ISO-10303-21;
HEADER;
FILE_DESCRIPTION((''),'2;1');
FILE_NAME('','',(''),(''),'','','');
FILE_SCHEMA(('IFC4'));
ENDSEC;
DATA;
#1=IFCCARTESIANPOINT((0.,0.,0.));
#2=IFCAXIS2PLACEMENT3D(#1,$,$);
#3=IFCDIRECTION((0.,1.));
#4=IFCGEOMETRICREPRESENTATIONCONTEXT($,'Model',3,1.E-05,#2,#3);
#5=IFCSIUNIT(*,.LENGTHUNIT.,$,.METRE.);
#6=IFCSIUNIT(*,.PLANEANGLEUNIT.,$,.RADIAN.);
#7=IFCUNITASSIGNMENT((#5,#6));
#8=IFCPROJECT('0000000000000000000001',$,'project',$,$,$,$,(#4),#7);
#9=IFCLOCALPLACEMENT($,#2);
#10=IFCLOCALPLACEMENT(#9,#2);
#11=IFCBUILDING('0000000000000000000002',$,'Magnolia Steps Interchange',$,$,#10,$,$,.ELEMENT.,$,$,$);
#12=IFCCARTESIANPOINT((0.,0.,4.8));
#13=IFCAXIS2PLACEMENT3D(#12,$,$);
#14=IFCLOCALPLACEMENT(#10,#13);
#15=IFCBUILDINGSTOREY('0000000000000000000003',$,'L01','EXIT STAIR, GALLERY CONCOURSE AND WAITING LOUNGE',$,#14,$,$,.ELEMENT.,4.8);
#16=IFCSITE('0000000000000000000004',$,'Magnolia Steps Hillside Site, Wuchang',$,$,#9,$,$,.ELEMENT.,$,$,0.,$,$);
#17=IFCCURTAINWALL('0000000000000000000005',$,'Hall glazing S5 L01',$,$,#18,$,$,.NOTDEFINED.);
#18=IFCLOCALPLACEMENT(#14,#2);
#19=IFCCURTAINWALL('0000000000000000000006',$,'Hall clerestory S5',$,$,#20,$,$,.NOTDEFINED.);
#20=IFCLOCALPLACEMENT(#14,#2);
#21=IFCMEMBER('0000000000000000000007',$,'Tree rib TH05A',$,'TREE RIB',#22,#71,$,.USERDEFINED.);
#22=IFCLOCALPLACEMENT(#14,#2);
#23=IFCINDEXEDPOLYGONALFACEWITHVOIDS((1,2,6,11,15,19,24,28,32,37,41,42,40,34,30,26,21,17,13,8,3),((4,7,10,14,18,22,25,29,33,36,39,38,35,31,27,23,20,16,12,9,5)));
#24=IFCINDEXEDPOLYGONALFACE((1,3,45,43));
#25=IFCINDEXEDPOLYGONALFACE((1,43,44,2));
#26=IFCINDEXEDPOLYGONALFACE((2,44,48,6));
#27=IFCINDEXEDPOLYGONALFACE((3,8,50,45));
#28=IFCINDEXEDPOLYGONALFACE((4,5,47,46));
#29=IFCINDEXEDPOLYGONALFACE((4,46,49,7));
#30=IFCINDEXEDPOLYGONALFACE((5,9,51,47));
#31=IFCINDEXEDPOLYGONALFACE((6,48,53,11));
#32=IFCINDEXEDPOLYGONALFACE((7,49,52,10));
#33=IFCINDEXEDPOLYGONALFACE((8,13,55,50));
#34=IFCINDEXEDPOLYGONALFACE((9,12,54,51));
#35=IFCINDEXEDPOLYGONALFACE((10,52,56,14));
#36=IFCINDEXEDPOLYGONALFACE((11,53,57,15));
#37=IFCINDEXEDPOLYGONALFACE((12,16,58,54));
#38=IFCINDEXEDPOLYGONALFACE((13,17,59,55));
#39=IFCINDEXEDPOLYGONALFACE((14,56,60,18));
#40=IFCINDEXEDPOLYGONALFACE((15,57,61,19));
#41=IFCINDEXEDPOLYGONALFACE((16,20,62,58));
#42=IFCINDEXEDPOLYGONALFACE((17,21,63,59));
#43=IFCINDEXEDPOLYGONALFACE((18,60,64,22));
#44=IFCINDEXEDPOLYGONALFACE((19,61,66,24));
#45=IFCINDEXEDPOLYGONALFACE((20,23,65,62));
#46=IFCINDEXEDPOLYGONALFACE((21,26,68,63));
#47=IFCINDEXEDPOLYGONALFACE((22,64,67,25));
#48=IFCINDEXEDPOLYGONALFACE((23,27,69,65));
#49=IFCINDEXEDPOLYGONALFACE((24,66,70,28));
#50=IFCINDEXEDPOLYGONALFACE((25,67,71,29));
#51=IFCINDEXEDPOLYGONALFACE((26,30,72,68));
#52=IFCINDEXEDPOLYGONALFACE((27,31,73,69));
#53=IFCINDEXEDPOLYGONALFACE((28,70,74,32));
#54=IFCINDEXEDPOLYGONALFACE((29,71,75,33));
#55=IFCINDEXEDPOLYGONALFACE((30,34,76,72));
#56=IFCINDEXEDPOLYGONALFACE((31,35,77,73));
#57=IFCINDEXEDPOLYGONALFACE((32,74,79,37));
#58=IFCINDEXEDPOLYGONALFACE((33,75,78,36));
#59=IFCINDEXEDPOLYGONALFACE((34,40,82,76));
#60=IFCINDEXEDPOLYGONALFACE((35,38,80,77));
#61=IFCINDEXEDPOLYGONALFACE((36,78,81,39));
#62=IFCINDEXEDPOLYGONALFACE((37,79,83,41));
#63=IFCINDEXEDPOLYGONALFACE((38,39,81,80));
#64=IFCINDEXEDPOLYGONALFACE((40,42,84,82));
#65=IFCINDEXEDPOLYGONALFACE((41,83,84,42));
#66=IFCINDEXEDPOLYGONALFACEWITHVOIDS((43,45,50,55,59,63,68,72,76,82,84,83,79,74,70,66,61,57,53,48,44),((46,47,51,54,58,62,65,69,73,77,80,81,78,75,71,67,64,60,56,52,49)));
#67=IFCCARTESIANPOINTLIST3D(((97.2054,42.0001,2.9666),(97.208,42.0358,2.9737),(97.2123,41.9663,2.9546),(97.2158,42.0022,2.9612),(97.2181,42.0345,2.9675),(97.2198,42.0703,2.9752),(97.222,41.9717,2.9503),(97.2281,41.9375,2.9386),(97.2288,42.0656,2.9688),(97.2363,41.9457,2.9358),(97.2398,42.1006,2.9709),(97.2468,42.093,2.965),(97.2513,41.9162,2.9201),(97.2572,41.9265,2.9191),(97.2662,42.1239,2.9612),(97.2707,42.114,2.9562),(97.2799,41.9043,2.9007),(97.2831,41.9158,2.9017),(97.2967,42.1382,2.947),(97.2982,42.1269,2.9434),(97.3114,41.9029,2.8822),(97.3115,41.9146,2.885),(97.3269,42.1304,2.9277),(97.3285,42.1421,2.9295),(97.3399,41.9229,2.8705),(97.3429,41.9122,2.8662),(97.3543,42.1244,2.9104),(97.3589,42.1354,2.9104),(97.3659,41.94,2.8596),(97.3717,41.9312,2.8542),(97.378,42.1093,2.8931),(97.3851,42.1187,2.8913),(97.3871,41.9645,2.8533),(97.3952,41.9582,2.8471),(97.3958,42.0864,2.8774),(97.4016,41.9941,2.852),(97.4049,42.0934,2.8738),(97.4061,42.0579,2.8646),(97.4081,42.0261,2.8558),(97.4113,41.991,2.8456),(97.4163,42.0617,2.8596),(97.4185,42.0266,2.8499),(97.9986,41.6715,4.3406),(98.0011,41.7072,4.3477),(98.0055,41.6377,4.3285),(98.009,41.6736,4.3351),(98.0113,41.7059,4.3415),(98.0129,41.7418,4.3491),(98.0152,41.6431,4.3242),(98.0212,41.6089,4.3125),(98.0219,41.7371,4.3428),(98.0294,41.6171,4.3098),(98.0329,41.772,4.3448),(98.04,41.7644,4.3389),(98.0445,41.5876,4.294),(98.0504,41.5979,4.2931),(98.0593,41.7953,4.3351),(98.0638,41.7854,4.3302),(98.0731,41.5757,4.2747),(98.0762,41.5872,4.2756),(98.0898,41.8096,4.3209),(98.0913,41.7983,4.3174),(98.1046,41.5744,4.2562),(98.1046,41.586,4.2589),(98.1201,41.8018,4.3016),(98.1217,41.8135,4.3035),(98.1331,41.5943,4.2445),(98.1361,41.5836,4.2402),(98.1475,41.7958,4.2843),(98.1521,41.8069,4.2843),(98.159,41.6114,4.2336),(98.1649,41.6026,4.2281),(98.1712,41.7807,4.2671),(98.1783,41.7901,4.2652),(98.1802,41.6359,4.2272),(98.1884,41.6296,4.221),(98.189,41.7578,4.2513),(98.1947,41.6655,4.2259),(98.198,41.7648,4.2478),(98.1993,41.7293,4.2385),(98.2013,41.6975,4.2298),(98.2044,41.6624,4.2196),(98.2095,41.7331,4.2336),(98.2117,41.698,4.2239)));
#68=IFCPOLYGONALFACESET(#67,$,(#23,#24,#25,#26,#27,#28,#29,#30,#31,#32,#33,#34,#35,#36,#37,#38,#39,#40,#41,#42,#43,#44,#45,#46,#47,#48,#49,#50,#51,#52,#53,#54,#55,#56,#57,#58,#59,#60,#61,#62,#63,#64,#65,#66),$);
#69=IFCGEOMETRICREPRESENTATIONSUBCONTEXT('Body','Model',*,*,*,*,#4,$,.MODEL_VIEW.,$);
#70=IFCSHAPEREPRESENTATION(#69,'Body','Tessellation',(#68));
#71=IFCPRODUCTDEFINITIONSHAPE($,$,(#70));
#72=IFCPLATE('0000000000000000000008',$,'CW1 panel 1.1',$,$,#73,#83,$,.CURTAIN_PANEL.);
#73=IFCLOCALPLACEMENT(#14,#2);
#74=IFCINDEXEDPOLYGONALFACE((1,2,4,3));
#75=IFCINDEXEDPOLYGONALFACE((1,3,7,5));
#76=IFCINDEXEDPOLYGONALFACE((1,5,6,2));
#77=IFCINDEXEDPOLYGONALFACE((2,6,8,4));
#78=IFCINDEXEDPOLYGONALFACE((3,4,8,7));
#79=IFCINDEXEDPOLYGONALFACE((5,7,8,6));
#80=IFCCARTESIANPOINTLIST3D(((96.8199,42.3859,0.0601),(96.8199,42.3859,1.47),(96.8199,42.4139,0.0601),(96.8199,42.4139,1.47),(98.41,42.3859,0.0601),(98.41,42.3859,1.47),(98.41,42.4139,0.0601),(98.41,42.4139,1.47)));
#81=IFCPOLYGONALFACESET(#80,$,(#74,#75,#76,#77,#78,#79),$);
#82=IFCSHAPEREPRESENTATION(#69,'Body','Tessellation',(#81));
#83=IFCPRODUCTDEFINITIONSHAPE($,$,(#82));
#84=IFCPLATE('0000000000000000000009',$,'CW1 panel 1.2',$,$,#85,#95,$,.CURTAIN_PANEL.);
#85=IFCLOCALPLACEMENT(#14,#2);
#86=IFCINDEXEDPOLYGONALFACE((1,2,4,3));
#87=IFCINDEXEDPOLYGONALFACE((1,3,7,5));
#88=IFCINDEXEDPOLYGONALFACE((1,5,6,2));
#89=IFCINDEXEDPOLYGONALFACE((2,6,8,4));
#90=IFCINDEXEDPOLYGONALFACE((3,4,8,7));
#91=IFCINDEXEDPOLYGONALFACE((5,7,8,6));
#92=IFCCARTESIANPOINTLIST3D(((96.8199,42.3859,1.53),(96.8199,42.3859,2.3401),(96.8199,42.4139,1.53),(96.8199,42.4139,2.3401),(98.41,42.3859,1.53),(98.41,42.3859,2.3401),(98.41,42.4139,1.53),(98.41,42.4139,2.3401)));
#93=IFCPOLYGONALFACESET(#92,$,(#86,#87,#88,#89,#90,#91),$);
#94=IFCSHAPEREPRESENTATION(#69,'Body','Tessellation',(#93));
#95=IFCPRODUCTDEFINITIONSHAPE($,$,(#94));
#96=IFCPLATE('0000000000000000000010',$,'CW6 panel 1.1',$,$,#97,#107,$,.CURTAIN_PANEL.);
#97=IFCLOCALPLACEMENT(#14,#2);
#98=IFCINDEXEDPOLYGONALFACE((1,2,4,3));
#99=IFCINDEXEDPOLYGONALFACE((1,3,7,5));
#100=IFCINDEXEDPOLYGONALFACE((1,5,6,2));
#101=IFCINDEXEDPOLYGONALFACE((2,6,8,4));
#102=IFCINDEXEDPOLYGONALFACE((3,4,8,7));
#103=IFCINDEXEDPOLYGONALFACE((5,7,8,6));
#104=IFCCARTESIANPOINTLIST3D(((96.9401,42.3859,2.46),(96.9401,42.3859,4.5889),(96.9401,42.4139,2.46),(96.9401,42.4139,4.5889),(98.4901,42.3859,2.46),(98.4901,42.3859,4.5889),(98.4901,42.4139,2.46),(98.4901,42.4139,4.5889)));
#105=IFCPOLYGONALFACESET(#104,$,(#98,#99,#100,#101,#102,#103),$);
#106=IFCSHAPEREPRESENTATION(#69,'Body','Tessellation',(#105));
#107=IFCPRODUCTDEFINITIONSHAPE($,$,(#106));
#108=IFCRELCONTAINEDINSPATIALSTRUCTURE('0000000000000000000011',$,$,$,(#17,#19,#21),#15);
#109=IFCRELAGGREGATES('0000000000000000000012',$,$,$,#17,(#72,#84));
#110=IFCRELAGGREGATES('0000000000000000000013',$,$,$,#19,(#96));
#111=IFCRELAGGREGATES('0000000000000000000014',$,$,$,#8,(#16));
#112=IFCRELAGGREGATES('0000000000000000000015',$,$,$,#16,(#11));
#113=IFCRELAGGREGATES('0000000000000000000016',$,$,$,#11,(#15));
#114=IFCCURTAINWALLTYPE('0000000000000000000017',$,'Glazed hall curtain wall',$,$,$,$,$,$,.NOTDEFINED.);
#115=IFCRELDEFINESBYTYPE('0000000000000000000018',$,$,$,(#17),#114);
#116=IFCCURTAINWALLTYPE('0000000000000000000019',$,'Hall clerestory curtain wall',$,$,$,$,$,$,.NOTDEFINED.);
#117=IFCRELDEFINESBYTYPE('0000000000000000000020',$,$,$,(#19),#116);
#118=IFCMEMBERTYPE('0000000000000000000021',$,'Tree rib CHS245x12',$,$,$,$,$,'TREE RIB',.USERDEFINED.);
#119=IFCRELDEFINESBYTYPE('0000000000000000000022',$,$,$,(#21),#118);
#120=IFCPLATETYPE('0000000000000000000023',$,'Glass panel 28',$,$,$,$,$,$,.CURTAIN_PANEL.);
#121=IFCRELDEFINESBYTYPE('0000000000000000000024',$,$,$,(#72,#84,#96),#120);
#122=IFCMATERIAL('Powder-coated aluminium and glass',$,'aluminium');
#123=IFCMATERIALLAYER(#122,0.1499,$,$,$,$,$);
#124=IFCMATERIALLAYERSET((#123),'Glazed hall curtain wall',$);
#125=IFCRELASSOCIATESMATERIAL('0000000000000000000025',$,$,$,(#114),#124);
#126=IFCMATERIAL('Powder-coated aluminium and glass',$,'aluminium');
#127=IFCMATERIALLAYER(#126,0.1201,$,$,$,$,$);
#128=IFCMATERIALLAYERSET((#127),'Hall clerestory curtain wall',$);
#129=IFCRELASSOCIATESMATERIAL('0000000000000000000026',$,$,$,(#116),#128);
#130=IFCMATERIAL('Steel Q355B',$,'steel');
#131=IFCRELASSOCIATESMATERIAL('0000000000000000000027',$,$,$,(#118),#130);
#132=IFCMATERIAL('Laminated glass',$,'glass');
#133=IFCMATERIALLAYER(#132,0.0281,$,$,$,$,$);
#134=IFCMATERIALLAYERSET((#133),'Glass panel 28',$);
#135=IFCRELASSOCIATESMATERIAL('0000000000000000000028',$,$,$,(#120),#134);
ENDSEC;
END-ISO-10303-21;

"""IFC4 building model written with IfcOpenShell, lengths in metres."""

from ifc_helpers import new_model, si_unit, direction, frame, origin, origin_2d, place, context, subcontext, project, spatial, rectangle, hollow_circle, extrude, material, layer, layer_set, material_profile, profile_set, type_object, element, aggregate, save


model = new_model("IFC4")

# Units and contexts
model_context = context("Model", 3, precision=1e-05, world=origin(), true_north=direction((0.0, 1.0)))
body_context = subcontext(model_context, "Body", "Model", "MODEL_VIEW")
ifc_project = project(units=[si_unit("LENGTHUNIT", "METRE"), si_unit("PLANEANGLEUNIT", "RADIAN")], contexts=[model_context])

# Site, building, storey
site_placement = place(None, origin())
site = spatial("IfcSite", under=ifc_project, at=site_placement, Name="Magnolia Steps Hillside Site, Wuchang", CompositionType="ELEMENT", RefElevation=0.0)
building_placement = place(site_placement, origin())
building = spatial("IfcBuilding", under=site, at=building_placement, Name="Magnolia Steps Interchange", CompositionType="ELEMENT")
storey_placement = place(building_placement, frame((0.0, 0.0, 4.8)))
storey = spatial("IfcBuildingStorey", under=building, at=storey_placement, Name="L01", Description="EXIT STAIR, GALLERY CONCOURSE AND WAITING LOUNGE", CompositionType="ELEMENT", Elevation=4.8)

# Curtain walls
ifc_material_1 = material(Name="Powder-coated aluminium and glass", Category="aluminium")
ifc_layer_1 = layer(ifc_material_1, 0.1499)
ifc_layer_set_1 = layer_set([ifc_layer_1], Name="Glazed hall curtain wall")
curtain_wall_type_1 = type_object("IfcCurtainWallType", Name="Glazed hall curtain wall", PredefinedType="NOTDEFINED", material=ifc_layer_set_1)
curtain_wall_1_placement = place(storey_placement, origin())
curtain_wall_1 = element("IfcCurtainWall", 1, at=curtain_wall_1_placement, inside=storey, type_object=curtain_wall_type_1, Name="Hall glazing S5 L01", PredefinedType="NOTDEFINED")
ifc_material_2 = material(Name="Powder-coated aluminium and glass", Category="aluminium")
ifc_layer_2 = layer(ifc_material_2, 0.1201)
ifc_layer_set_2 = layer_set([ifc_layer_2], Name="Hall clerestory curtain wall")
curtain_wall_type_2 = type_object("IfcCurtainWallType", Name="Hall clerestory curtain wall", PredefinedType="NOTDEFINED", material=ifc_layer_set_2)
curtain_wall_2_placement = place(storey_placement, origin())
curtain_wall_2 = element("IfcCurtainWall", 2, at=curtain_wall_2_placement, inside=storey, type_object=curtain_wall_type_2, Name="Hall clerestory S5", PredefinedType="NOTDEFINED")

# Member
ifc_material_3 = material(Name="Steel Q355B", Category="steel")
ifc_material_profile_1 = material_profile(ifc_material_3, hollow_circle(Radius=0.1226, WallThickness=0.012, at=origin_2d()), Name="CHS245x12")
ifc_profile_set_1 = profile_set([ifc_material_profile_1], Name="Steel Q355B")
member_type_1 = type_object("IfcMemberType", Name="Tree rib CHS245x12", ElementType="TREE RIB", PredefinedType="USERDEFINED", material=ifc_profile_set_1)
member_1_placement = place(storey_placement, frame((97.312, 42.0222, 2.9104), z_axis=(0.489571, -0.20282, 0.848047), x_axis=(0.382737, 0.923857, 0.0)))
element("IfcMember", 3, at=member_1_placement, inside=storey, type_object=member_type_1, Name="Tree rib TH05A", ObjectType="TREE RIB", PredefinedType="USERDEFINED", context=body_context, shape_type="SweptSolid", body=[
    extrude(hollow_circle(Radius=0.1226, WallThickness=0.012, at=origin_2d()), origin(), (0.0, 0.0, 1.0), 1.6201),
])

# Plates
ifc_material_4 = material(Name="Laminated glass", Category="glass")
ifc_layer_3 = layer(ifc_material_4, 0.0281)
ifc_layer_set_3 = layer_set([ifc_layer_3], Name="Glass panel 28")
plate_type = type_object("IfcPlateType", Name="Glass panel 28", PredefinedType="CURTAIN_PANEL", material=ifc_layer_set_3)
plate_1_placement = place(storey_placement, frame((97.615, 42.3999, 0.0601), z_axis=(0.0, 0.0, 1.0), x_axis=(1.0, 0.0, 0.0)))
plate_1 = element("IfcPlate", 4, at=plate_1_placement, type_object=plate_type, Name="CW1 panel 1.1", PredefinedType="CURTAIN_PANEL", context=body_context, shape_type="SweptSolid", body=[
    extrude(rectangle(XDim=1.5901, YDim=0.0281, at=origin_2d()), origin(), (0.0, 0.0, 1.0), 1.4099),
])
plate_2_placement = place(storey_placement, frame((97.615, 42.3999, 1.53), z_axis=(0.0, 0.0, 1.0), x_axis=(1.0, 0.0, 0.0)))
plate_2 = element("IfcPlate", 5, at=plate_2_placement, type_object=plate_type, Name="CW1 panel 1.2", PredefinedType="CURTAIN_PANEL", context=body_context, shape_type="SweptSolid", body=[
    extrude(rectangle(XDim=1.5901, YDim=0.0281, at=origin_2d()), origin(), (0.0, 0.0, 1.0), 0.8101),
])
aggregate(curtain_wall_1, [plate_1, plate_2])
plate_3_placement = place(storey_placement, frame((97.7151, 42.3999, 2.46), z_axis=(0.0, 0.0, 1.0), x_axis=(1.0, 0.0, 0.0)))
plate_3 = element("IfcPlate", 6, at=plate_3_placement, type_object=plate_type, Name="CW6 panel 1.1", PredefinedType="CURTAIN_PANEL", context=body_context, shape_type="SweptSolid", body=[
    extrude(rectangle(XDim=1.55, YDim=0.0281, at=origin_2d()), origin(), (0.0, 0.0, 1.0), 2.1289),
])
aggregate(curtain_wall_2, [plate_3])

save(model, "model.ifc")
